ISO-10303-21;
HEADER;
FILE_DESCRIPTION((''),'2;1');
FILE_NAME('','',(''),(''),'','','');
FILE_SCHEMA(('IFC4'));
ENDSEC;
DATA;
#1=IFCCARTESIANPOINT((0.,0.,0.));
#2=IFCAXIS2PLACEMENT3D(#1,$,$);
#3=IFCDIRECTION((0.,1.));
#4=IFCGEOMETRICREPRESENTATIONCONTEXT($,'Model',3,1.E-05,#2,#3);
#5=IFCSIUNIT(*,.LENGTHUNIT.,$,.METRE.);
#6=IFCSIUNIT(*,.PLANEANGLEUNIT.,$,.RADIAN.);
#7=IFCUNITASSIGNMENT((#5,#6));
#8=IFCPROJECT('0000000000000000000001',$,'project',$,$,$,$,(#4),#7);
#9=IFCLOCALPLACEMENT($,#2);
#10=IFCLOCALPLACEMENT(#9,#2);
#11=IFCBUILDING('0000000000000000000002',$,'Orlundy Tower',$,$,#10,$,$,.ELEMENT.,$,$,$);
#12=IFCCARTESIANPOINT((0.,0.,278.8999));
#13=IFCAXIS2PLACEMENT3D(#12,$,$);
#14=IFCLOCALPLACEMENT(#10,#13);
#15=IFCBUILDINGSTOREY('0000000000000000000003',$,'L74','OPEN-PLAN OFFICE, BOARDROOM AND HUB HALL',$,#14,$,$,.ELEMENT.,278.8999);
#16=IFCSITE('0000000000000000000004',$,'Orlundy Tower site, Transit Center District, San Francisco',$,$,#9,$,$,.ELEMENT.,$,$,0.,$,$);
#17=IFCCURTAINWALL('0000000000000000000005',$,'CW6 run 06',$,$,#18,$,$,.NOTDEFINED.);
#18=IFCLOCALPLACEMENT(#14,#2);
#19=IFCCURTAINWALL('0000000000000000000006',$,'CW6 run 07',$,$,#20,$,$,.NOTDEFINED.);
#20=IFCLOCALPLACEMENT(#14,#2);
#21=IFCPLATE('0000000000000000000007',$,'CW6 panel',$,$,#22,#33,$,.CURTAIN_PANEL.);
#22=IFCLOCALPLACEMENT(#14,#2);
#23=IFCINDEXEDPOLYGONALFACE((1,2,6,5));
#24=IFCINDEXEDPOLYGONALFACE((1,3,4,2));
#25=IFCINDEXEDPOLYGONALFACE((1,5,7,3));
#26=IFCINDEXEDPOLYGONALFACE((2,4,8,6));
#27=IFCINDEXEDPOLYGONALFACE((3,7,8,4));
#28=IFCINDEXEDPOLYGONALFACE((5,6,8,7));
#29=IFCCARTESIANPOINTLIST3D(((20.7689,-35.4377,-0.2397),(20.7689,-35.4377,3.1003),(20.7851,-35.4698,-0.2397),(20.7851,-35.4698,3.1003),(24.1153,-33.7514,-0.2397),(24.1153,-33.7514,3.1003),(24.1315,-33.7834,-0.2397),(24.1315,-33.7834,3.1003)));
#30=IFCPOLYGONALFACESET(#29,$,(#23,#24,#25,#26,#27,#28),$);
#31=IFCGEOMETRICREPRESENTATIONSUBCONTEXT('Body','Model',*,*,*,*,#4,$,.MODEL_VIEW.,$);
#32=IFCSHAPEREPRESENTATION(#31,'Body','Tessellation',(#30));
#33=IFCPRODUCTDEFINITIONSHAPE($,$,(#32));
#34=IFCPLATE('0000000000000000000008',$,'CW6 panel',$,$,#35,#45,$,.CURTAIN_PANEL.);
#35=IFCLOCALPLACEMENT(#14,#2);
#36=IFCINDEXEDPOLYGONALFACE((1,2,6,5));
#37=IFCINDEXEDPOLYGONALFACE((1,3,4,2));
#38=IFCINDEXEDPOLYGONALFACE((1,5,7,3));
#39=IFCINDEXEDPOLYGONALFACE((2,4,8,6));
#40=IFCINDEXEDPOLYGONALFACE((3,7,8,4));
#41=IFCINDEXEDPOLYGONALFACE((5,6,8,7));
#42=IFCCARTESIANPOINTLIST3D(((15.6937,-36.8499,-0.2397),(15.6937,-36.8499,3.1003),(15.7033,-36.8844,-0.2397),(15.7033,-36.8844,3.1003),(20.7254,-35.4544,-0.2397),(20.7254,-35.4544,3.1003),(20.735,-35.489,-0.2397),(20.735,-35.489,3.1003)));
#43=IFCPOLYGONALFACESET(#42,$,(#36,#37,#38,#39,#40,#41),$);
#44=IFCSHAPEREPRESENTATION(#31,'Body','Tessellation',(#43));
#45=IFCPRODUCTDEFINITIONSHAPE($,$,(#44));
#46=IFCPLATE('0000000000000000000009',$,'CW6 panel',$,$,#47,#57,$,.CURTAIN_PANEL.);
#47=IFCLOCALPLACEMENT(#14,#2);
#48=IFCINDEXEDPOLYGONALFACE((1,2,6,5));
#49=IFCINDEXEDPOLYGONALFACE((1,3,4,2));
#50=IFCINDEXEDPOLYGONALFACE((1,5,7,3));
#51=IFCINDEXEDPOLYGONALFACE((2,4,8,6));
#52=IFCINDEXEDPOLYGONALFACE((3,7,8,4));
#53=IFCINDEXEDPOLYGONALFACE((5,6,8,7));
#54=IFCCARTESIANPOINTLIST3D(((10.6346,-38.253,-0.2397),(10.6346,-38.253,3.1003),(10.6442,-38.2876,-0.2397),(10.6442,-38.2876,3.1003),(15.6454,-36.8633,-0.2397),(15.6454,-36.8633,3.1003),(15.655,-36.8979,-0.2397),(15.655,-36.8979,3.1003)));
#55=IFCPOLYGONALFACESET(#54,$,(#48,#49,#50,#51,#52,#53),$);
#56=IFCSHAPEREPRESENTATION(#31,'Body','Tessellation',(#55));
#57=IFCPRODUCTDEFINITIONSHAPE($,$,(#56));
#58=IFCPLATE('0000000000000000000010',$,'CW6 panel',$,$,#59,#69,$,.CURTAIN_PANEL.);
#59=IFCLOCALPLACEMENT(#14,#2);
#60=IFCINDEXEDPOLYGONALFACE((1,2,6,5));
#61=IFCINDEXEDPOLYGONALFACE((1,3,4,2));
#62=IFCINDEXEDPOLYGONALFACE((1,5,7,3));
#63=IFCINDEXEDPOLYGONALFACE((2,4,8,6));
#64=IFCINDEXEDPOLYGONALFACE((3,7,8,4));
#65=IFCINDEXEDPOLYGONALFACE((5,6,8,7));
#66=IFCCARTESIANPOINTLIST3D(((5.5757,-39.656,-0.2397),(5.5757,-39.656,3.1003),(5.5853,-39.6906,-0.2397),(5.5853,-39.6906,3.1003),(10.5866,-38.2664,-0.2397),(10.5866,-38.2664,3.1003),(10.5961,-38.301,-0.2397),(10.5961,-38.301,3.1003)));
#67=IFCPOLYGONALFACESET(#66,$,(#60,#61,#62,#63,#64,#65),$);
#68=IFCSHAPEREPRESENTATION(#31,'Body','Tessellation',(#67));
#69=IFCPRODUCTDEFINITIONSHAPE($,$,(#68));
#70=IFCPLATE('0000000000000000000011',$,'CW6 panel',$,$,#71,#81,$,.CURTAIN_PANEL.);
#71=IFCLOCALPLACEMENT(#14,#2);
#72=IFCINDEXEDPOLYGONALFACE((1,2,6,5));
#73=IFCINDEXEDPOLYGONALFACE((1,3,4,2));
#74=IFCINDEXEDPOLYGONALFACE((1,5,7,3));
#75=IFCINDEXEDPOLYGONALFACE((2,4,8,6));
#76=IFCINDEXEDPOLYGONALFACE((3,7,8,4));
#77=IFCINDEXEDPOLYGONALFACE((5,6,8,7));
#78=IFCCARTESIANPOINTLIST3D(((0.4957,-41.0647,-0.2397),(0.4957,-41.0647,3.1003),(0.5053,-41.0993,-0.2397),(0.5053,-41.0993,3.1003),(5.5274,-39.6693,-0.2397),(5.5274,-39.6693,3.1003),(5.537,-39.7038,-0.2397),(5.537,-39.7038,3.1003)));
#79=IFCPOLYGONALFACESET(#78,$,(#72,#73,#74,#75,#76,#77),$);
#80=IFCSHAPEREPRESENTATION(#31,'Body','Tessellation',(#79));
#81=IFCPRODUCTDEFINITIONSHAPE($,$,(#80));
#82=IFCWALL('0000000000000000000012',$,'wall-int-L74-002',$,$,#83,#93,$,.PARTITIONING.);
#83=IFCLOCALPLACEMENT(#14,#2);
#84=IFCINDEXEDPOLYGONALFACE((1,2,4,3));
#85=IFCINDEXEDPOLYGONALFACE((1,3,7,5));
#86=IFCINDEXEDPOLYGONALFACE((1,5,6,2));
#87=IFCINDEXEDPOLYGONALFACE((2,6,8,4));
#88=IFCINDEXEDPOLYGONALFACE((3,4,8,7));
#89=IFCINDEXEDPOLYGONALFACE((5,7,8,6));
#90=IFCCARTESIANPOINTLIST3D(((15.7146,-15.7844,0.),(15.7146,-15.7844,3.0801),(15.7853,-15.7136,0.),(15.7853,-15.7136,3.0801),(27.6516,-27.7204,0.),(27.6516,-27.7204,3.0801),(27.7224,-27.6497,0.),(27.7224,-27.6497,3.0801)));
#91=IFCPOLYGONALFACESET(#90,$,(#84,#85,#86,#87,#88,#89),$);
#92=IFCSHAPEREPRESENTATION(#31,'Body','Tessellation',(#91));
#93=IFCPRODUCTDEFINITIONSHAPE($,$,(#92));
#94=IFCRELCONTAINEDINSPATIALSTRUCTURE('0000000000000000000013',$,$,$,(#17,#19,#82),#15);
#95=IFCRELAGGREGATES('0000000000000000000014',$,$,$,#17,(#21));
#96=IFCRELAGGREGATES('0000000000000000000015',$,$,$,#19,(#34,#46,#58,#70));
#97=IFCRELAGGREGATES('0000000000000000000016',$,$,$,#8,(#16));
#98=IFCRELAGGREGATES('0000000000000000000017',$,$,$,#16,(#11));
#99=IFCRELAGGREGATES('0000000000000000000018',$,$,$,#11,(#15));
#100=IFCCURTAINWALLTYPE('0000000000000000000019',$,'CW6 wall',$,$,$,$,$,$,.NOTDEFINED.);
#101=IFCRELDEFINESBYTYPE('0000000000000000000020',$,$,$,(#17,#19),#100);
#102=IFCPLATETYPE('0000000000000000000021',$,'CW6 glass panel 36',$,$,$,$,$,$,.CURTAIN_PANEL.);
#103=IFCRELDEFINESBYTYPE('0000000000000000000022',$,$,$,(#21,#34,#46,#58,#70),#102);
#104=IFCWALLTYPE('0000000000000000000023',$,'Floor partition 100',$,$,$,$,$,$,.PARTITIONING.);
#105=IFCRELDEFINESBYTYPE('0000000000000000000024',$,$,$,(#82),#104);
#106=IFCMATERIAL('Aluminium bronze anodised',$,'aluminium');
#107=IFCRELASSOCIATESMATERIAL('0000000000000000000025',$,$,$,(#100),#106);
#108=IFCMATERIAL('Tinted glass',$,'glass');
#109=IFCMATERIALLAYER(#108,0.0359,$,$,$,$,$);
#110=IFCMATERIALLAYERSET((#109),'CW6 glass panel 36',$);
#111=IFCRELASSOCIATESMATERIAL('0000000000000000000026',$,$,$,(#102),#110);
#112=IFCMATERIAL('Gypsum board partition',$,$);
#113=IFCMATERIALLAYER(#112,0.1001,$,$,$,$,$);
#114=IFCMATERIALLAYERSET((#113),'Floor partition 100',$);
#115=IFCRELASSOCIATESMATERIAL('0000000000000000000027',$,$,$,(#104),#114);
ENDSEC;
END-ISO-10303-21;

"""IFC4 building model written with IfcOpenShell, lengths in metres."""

from ifc_helpers import new_model, si_unit, direction, frame, frame_2d, origin, origin_2d, place, context, subcontext, project, spatial, rectangle, extrude, material, layer, layer_set, type_object, element, aggregate, save


model = new_model("IFC4")

# Units and contexts
model_context = context("Model", 3, precision=1e-05, world=origin(), true_north=direction((0.0, 1.0)))
body_context = subcontext(model_context, "Body", "Model", "MODEL_VIEW")
ifc_project = project(units=[si_unit("LENGTHUNIT", "METRE"), si_unit("PLANEANGLEUNIT", "RADIAN")], contexts=[model_context])

# Site, building, storey
site_placement = place(None, origin())
site = spatial("IfcSite", under=ifc_project, at=site_placement, Name="Orlundy Tower site, Transit Center District, San Francisco", CompositionType="ELEMENT", RefElevation=0.0)
building_placement = place(site_placement, origin())
building = spatial("IfcBuilding", under=site, at=building_placement, Name="Orlundy Tower", CompositionType="ELEMENT")
storey_placement = place(building_placement, frame((0.0, 0.0, 278.8999)))
storey = spatial("IfcBuildingStorey", under=building, at=storey_placement, Name="L74", Description="OPEN-PLAN OFFICE, BOARDROOM AND HUB HALL", CompositionType="ELEMENT", Elevation=278.8999)

# Curtain wall
ifc_material_1 = material(Name="Aluminium bronze anodised", Category="aluminium")
curtain_wall_type = type_object("IfcCurtainWallType", Name="CW6 wall", PredefinedType="NOTDEFINED", material=ifc_material_1)
curtain_wall_1_placement = place(storey_placement, origin())
curtain_wall_1 = element("IfcCurtainWall", 1, at=curtain_wall_1_placement, inside=storey, type_object=curtain_wall_type, Name="CW6 run 06", PredefinedType="NOTDEFINED")

# Curtain wall
curtain_wall_2_placement = place(storey_placement, origin())
curtain_wall_2 = element("IfcCurtainWall", 2, at=curtain_wall_2_placement, inside=storey, type_object=curtain_wall_type, Name="CW6 run 07", PredefinedType="NOTDEFINED")

# Plates
ifc_material_2 = material(Name="Tinted glass", Category="glass")
ifc_layer_1 = layer(ifc_material_2, 0.0359)
ifc_layer_set_1 = layer_set([ifc_layer_1], Name="CW6 glass panel 36")
plate_type = type_object("IfcPlateType", Name="CW6 glass panel 36", PredefinedType="CURTAIN_PANEL", material=ifc_layer_set_1)
plate_1_placement = place(storey_placement, frame((22.4502, -34.6106, -0.2397), z_axis=(0.0, 0.0, 1.0), x_axis=(-0.89302, -0.450017, 0.0)))
plate_1 = element("IfcPlate", 3, at=plate_1_placement, type_object=plate_type, Name="CW6 panel", PredefinedType="CURTAIN_PANEL", context=body_context, shape_type="SweptSolid", body=[
    extrude(rectangle(XDim=3.7473, YDim=0.0359, at=origin_2d()), origin(), (0.0, 0.0, 1.0), 3.3401),
])
aggregate(curtain_wall_1, [plate_1])
plate_2_placement = place(storey_placement, frame((18.2144, -36.1694, -0.2397), z_axis=(0.0, 0.0, 1.0), x_axis=(-0.96363, -0.267241, 0.0)))
plate_2 = element("IfcPlate", 4, at=plate_2_placement, type_object=plate_type, Name="CW6 panel", PredefinedType="CURTAIN_PANEL", context=body_context, shape_type="SweptSolid", body=[
    extrude(rectangle(XDim=5.2217, YDim=0.0359, at=origin_2d()), origin(), (0.0, 0.0, 1.0), 3.3401),
])
plate_3_placement = place(storey_placement, frame((13.1448, -37.5754, -0.2397), z_axis=(0.0, 0.0, 1.0), x_axis=(-0.96363, -0.267241, 0.0)))
plate_3 = element("IfcPlate", 5, at=plate_3_placement, type_object=plate_type, Name="CW6 panel", PredefinedType="CURTAIN_PANEL", context=body_context, shape_type="SweptSolid", body=[
    extrude(rectangle(XDim=5.2, YDim=0.0359, at=origin_2d()), origin(), (0.0, 0.0, 1.0), 3.3401),
])
plate_4_placement = place(storey_placement, frame((8.0859, -38.9785, -0.2397), z_axis=(0.0, 0.0, 1.0), x_axis=(-0.96363, -0.267241, 0.0)))
plate_4 = element("IfcPlate", 6, at=plate_4_placement, type_object=plate_type, Name="CW6 panel", PredefinedType="CURTAIN_PANEL", context=body_context, shape_type="SweptSolid", body=[
    extrude(rectangle(XDim=5.2, YDim=0.0359, at=origin_2d()), origin(), (0.0, 0.0, 1.0), 3.3401),
])
plate_5_placement = place(storey_placement, frame((3.0164, -40.3843, -0.2397), z_axis=(0.0, 0.0, 1.0), x_axis=(-0.96363, -0.267241, 0.0)))
plate_5 = element("IfcPlate", 7, at=plate_5_placement, type_object=plate_type, Name="CW6 panel", PredefinedType="CURTAIN_PANEL", context=body_context, shape_type="SweptSolid", body=[
    extrude(rectangle(XDim=5.2217, YDim=0.0359, at=origin_2d()), origin(), (0.0, 0.0, 1.0), 3.3401),
])
aggregate(curtain_wall_2, [plate_2, plate_3, plate_4, plate_5])

# Wall
ifc_material_3 = material(Name="Gypsum board partition")
ifc_layer_2 = layer(ifc_material_3, 0.1001)
ifc_layer_set_2 = layer_set([ifc_layer_2], Name="Floor partition 100")
wall_type = type_object("IfcWallType", Name="Floor partition 100", PredefinedType="PARTITIONING", material=ifc_layer_set_2)
wall_placement = place(storey_placement, frame((27.687, -27.6851, 0.0), z_axis=(0.0, 0.0, 1.0), x_axis=(-0.707136, 0.707078, 0.0)))
element("IfcWall", 8, at=wall_placement, inside=storey, type_object=wall_type, Name="wall-int-L74-002", PredefinedType="PARTITIONING", context=body_context, shape_type="SweptSolid", body=[
    extrude(rectangle(XDim=16.8809, YDim=0.1001, at=frame_2d((8.4404, 0.0))), origin(), (0.0, 0.0, 1.0), 3.0801),
])

save(model, "model.ifc")
